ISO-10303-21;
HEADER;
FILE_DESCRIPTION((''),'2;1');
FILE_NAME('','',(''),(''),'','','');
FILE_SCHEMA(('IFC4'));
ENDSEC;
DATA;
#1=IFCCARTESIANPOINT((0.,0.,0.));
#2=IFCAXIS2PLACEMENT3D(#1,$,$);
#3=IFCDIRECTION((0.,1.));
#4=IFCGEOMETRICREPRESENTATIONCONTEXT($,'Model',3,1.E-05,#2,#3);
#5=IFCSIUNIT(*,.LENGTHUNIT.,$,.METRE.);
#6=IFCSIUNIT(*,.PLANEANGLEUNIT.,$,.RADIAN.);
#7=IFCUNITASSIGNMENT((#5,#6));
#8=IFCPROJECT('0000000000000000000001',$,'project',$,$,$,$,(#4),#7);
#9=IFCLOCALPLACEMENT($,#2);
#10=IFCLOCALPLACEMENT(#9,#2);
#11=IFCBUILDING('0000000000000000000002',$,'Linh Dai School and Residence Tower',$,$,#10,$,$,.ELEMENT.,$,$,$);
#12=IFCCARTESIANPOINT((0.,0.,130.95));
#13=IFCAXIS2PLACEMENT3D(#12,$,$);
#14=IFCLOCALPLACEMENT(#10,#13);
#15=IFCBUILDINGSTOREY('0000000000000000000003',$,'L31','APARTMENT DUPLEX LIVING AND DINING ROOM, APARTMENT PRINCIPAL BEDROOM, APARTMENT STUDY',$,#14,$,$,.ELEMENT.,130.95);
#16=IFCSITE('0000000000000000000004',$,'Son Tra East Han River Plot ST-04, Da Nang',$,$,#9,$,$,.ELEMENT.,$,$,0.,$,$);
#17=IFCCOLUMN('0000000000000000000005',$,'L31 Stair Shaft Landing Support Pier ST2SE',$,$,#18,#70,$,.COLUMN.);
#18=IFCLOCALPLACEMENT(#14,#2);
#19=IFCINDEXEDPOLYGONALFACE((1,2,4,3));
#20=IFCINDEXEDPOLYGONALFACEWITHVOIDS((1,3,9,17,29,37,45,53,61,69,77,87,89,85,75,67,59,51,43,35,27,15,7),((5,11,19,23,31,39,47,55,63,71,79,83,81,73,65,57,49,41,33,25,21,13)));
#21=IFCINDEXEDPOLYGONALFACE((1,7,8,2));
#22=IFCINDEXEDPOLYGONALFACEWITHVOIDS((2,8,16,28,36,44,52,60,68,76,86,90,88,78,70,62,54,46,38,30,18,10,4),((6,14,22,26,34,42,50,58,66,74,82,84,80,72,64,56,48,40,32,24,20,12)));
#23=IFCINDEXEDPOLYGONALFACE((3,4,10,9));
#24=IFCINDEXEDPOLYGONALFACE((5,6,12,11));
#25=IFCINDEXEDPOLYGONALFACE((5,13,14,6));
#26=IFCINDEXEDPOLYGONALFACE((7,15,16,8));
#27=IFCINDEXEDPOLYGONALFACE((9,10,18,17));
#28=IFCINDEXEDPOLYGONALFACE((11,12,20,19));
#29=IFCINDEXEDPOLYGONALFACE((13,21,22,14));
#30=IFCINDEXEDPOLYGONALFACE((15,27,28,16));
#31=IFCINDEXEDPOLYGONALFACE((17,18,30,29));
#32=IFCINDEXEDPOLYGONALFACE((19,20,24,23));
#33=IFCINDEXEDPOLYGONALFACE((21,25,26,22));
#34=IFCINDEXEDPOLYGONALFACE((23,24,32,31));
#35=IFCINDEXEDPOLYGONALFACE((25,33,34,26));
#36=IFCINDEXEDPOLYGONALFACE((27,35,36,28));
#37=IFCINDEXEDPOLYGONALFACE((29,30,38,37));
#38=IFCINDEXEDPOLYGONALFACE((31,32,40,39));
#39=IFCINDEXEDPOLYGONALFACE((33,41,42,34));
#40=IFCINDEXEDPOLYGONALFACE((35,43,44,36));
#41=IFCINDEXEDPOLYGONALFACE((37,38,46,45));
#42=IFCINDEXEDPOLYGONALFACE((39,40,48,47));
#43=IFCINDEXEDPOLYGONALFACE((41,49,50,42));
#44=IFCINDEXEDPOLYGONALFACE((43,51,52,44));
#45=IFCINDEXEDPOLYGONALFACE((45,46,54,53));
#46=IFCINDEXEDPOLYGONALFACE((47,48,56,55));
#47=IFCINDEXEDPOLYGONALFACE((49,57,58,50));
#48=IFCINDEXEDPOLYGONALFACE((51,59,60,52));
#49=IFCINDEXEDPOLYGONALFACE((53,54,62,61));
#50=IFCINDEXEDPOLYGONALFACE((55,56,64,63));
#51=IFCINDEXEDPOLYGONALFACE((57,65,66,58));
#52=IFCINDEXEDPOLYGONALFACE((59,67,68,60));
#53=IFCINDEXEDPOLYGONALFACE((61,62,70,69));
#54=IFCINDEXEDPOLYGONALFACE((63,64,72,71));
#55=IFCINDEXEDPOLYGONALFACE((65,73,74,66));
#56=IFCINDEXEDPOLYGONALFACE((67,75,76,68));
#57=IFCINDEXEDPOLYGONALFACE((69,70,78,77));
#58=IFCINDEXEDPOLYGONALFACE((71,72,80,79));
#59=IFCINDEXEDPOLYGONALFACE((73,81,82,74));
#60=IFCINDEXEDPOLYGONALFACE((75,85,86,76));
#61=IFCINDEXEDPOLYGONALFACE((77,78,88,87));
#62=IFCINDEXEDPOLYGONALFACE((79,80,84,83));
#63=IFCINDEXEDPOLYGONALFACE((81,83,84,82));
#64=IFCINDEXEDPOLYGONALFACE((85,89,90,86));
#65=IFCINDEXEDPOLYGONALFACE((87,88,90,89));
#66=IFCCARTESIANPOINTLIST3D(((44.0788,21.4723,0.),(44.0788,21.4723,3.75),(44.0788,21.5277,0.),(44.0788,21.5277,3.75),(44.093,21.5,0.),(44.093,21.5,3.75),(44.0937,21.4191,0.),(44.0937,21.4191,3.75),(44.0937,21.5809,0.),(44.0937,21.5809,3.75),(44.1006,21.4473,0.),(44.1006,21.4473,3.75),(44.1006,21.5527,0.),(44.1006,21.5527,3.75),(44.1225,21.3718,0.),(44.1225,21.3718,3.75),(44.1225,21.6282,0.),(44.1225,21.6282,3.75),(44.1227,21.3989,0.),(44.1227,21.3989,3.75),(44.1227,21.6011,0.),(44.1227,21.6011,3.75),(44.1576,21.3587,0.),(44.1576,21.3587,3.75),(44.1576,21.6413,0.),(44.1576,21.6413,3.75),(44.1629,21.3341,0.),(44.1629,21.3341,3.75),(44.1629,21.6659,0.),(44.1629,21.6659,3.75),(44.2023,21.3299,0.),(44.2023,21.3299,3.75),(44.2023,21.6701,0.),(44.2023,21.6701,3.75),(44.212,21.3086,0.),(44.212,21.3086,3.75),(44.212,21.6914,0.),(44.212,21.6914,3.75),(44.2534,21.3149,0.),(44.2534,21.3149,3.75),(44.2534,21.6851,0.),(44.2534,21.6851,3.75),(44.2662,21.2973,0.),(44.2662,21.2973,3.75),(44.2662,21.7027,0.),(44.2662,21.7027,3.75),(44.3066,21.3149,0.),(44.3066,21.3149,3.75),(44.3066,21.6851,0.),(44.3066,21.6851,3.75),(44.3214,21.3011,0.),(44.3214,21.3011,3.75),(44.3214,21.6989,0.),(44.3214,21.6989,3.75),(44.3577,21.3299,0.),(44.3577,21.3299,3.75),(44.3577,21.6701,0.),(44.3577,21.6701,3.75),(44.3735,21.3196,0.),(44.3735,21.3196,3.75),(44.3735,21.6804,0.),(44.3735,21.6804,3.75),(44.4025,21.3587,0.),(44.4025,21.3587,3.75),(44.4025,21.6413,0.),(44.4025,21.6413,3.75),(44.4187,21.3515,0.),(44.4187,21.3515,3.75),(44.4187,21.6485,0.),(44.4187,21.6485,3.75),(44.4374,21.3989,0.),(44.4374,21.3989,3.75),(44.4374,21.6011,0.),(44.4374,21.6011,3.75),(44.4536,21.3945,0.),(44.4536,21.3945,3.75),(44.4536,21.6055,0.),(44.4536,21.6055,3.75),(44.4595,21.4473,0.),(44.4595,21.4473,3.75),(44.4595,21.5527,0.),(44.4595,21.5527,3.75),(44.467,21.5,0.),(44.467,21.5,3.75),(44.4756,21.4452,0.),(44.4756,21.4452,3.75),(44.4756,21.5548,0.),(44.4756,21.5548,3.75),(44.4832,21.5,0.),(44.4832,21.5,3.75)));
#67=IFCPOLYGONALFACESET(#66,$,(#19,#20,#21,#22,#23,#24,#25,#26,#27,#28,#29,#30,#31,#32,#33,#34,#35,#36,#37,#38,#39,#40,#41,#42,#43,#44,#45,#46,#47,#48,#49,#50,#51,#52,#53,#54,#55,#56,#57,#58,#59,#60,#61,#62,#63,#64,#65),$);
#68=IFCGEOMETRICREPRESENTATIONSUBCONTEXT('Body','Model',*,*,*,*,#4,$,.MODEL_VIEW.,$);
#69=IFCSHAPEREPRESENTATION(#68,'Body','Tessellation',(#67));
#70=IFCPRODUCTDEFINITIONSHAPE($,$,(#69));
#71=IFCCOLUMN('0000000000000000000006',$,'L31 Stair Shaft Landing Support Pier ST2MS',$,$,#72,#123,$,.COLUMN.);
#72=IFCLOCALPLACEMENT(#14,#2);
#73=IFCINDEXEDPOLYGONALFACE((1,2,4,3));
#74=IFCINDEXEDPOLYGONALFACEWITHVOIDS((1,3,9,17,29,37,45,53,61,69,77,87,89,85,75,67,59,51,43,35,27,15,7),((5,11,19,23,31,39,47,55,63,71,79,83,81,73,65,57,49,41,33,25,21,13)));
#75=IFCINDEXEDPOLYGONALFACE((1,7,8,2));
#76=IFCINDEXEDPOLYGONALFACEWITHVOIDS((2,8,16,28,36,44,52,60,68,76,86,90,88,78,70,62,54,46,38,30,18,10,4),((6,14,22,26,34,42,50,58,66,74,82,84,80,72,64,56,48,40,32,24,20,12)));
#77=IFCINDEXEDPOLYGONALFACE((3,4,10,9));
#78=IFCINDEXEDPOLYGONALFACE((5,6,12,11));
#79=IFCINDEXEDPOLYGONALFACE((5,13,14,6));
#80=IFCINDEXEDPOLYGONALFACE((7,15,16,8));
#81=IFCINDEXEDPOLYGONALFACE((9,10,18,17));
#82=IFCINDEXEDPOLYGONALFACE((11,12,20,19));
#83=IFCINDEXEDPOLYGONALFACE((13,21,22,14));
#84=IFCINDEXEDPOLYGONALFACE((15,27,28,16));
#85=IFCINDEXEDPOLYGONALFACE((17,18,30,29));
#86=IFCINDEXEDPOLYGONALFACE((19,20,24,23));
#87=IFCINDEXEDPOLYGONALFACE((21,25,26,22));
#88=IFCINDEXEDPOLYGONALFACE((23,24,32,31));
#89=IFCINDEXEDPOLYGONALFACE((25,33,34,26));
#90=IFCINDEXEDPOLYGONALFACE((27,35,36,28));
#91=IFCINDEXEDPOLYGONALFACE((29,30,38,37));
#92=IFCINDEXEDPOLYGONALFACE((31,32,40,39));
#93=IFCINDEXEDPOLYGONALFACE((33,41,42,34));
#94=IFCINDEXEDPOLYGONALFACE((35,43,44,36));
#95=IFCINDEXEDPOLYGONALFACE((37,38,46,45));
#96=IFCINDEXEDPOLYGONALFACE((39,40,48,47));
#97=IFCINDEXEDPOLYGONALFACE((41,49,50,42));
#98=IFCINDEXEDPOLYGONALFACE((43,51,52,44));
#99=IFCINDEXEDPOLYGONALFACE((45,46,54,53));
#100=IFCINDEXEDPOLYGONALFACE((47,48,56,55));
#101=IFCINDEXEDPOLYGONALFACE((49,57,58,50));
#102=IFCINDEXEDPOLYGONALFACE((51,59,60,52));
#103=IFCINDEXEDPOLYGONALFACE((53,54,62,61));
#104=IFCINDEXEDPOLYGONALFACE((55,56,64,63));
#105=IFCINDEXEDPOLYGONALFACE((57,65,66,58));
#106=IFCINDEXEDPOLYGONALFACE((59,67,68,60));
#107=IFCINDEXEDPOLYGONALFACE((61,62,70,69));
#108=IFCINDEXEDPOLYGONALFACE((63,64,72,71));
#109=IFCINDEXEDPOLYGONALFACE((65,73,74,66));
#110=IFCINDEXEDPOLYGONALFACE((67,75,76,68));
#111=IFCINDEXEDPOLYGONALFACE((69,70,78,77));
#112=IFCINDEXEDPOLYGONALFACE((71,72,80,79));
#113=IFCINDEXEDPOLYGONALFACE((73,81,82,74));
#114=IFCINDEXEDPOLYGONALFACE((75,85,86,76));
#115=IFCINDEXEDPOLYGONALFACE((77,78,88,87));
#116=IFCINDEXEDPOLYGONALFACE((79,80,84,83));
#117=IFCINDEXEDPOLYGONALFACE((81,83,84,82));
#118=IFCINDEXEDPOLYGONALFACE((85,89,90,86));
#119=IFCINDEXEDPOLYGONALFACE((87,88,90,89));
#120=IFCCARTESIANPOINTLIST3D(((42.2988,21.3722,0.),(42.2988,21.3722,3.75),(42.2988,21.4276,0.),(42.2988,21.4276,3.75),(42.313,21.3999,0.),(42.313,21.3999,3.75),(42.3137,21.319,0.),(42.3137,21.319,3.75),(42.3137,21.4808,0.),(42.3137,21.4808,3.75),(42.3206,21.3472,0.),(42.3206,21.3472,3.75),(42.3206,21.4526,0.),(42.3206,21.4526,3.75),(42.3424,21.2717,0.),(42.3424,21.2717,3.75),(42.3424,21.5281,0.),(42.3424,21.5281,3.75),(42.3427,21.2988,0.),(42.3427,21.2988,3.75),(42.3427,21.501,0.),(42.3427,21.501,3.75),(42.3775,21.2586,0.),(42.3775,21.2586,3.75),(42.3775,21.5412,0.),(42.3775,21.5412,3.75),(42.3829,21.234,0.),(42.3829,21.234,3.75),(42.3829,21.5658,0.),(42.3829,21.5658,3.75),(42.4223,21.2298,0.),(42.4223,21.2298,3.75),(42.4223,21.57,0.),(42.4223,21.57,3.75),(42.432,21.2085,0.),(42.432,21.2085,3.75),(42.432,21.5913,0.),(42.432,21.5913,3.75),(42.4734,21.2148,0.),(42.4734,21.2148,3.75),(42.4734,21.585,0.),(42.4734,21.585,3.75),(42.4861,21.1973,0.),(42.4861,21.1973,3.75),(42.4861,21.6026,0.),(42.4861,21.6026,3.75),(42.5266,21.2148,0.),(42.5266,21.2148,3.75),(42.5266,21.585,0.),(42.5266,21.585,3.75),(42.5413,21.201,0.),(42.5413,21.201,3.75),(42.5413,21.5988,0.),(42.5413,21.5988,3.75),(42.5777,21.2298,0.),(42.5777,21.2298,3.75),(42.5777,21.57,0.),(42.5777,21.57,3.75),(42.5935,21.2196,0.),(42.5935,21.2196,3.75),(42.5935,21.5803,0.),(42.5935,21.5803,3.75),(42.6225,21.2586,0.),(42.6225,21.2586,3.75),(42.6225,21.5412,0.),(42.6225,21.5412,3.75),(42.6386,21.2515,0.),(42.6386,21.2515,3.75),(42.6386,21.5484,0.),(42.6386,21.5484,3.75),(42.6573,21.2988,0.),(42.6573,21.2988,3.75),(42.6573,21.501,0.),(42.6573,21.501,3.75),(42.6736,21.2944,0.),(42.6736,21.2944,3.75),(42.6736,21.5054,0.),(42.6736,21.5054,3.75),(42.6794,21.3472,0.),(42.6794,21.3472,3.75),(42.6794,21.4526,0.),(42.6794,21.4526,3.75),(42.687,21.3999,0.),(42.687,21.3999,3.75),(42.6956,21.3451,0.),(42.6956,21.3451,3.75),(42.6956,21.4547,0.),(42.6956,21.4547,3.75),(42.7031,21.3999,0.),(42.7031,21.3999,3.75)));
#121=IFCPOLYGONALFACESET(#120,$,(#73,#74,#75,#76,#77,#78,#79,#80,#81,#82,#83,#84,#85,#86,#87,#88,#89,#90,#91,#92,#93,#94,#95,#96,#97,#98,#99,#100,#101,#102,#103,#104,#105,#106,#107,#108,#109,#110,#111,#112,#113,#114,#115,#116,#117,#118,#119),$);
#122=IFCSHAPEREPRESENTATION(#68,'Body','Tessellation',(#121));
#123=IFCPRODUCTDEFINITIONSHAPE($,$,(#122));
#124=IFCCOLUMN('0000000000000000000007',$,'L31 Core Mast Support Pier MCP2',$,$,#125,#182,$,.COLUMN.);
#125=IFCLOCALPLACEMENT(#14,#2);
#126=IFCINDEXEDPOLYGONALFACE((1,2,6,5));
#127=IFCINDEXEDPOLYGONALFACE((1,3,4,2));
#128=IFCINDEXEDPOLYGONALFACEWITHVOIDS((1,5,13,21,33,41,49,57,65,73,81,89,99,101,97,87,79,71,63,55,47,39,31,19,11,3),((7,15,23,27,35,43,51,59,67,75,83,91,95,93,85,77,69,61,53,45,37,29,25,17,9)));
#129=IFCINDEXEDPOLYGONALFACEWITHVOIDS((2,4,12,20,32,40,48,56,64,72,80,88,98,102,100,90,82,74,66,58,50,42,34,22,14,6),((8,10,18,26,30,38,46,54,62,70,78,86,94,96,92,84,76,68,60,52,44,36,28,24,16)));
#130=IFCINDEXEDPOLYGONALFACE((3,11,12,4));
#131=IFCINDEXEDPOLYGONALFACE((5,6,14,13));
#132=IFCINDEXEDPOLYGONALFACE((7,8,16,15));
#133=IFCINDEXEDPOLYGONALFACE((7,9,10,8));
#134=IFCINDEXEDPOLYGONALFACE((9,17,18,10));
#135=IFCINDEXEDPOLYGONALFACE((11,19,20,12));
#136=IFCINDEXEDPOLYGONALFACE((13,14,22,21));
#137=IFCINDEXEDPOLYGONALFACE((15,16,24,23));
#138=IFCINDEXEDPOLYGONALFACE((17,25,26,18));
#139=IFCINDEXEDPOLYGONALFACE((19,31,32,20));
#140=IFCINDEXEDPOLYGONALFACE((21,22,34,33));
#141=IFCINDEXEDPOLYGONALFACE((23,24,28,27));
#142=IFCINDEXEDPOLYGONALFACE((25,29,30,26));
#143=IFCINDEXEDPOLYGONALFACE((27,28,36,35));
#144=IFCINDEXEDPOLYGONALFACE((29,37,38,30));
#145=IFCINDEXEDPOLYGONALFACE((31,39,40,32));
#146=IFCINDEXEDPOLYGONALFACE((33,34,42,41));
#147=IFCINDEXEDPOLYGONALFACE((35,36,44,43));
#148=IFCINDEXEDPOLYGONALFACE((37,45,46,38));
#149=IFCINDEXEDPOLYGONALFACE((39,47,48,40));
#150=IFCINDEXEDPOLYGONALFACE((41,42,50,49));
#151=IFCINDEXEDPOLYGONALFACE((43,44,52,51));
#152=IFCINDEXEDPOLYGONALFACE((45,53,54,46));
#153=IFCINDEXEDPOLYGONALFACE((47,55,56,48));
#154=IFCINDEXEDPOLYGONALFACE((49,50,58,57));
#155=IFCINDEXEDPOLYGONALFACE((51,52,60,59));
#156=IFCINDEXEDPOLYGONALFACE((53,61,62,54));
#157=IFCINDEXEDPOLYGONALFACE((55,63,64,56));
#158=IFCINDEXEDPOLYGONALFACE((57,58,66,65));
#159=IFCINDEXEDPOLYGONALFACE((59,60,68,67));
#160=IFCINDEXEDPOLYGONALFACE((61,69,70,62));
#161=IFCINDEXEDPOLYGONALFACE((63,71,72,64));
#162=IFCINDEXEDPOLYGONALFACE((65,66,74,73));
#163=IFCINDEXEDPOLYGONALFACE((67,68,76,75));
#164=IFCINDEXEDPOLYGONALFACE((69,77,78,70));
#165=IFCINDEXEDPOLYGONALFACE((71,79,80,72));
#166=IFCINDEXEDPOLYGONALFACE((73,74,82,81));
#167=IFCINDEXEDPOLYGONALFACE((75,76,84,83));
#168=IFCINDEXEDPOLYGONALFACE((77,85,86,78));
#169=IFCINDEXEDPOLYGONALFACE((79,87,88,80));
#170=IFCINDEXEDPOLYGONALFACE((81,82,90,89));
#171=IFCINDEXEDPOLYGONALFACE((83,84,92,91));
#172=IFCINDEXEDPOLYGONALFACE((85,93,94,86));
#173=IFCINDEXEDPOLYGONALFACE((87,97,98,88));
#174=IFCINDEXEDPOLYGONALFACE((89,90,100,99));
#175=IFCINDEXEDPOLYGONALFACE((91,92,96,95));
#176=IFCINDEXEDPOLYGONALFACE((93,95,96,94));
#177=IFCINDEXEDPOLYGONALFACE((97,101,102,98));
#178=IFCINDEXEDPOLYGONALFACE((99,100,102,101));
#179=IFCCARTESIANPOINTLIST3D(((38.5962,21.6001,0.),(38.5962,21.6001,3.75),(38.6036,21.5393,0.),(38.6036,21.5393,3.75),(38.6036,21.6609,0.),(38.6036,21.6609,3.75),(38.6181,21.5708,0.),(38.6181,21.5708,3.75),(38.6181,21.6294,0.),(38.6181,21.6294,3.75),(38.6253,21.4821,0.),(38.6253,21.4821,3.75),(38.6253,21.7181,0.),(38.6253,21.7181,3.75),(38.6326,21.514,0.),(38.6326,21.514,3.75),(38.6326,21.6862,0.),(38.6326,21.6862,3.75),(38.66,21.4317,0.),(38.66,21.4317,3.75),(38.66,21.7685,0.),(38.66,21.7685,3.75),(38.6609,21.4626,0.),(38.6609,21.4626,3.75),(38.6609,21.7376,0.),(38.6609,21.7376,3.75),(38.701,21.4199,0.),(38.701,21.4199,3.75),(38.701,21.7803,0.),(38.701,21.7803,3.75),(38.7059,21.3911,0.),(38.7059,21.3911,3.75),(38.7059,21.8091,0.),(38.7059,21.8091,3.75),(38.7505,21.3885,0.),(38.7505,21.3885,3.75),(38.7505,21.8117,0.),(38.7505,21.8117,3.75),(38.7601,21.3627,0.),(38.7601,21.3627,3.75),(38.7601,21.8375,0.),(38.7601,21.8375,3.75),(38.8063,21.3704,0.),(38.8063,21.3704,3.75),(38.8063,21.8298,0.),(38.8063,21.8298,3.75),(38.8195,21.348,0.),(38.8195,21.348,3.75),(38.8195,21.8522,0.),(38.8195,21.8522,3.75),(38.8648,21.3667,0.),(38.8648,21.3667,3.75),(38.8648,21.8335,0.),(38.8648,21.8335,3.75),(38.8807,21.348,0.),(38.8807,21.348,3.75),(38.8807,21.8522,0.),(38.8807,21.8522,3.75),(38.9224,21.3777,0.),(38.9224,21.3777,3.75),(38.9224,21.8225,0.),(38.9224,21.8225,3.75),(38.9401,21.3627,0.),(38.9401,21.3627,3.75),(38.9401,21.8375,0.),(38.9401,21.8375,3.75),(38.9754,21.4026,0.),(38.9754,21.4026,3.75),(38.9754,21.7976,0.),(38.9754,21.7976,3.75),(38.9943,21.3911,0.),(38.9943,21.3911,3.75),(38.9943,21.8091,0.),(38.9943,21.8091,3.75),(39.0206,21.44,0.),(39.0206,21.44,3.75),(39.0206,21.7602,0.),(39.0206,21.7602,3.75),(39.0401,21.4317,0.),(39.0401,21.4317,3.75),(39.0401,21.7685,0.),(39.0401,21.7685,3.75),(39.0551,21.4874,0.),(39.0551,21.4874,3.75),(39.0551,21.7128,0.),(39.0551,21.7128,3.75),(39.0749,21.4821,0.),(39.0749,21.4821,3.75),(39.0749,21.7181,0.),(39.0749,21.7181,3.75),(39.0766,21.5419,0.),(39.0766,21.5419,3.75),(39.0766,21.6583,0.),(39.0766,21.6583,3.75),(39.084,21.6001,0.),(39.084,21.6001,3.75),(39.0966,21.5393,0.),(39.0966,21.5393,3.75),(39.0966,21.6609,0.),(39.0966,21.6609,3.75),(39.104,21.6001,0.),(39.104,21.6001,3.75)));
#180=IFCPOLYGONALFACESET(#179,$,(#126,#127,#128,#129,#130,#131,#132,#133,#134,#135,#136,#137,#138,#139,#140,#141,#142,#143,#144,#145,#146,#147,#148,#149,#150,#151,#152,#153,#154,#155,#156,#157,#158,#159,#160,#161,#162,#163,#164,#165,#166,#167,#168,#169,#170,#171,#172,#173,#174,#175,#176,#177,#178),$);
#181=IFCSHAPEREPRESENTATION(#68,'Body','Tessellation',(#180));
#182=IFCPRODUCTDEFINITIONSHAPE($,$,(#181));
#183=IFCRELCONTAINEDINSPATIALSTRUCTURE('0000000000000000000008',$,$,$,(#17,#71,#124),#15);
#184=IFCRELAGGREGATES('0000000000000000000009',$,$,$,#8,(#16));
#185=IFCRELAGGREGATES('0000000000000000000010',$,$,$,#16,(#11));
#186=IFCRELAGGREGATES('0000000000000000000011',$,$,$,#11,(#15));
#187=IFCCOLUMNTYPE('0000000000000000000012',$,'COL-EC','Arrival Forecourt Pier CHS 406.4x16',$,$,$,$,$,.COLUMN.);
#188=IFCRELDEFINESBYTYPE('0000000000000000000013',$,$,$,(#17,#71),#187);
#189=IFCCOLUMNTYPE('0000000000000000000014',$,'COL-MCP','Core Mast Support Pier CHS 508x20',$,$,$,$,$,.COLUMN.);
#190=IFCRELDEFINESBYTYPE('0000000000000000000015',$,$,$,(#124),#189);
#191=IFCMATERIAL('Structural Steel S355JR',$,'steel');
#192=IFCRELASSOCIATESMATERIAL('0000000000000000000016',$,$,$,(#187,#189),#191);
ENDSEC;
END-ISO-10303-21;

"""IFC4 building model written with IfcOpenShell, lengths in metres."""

from ifc_helpers import new_model, si_unit, direction, frame, origin, origin_2d, place, context, subcontext, project, spatial, hollow_circle, extrude, material, material_profile, profile_set, type_object, element, save


model = new_model("IFC4")

# Units and contexts
model_context = context("Model", 3, precision=1e-05, world=origin(), true_north=direction((0.0, 1.0)))
body_context = subcontext(model_context, "Body", "Model", "MODEL_VIEW")
ifc_project = project(units=[si_unit("LENGTHUNIT", "METRE"), si_unit("PLANEANGLEUNIT", "RADIAN")], contexts=[model_context])

# Site, building, storey
site_placement = place(None, origin())
site = spatial("IfcSite", under=ifc_project, at=site_placement, Name="Son Tra East Han River Plot ST-04, Da Nang", CompositionType="ELEMENT", RefElevation=0.0)
building_placement = place(site_placement, origin())
building = spatial("IfcBuilding", under=site, at=building_placement, Name="Linh Dai School and Residence Tower", CompositionType="ELEMENT")
storey_placement = place(building_placement, frame((0.0, 0.0, 130.95)))
storey = spatial("IfcBuildingStorey", under=building, at=storey_placement, Name="L31", Description="APARTMENT DUPLEX LIVING AND DINING ROOM, APARTMENT PRINCIPAL BEDROOM, APARTMENT STUDY", CompositionType="ELEMENT", Elevation=130.95)

# Columns
ifc_material_1 = material(Name="Structural Steel S355JR", Category="steel")
ifc_material_profile_1 = material_profile(ifc_material_1, hollow_circle(Radius=0.2031, WallThickness=0.0161, at=origin_2d()), Name="CHS 406.4x16")
ifc_profile_set_1 = profile_set([ifc_material_profile_1], Name="Structural Steel S355JR")
column_type_1 = type_object("IfcColumnType", Name="COL-EC", Description="Arrival Forecourt Pier CHS 406.4x16", PredefinedType="COLUMN", material=ifc_profile_set_1)
for number, where, z_axis, x_axis, name in (
    (1, (44.28, 21.5, 0.0), (0.0, 0.0, 1.0), (1.0, 0.0, 0.0), "L31 Stair Shaft Landing Support Pier ST2SE"),
    (2, (42.5, 21.3999, 0.0), (0.0, 0.0, 1.0), (1.0, 0.0, 0.0), "L31 Stair Shaft Landing Support Pier ST2MS"),
):
    element("IfcColumn", number, at=place(storey_placement, frame(where, z_axis=z_axis, x_axis=x_axis)), inside=storey, type_object=column_type_1, Name=name, PredefinedType="COLUMN", context=body_context, shape_type="SweptSolid", body=[
        extrude(hollow_circle(Radius=0.2031, WallThickness=0.0161, at=origin_2d()), origin(), (0.0, 0.0, 1.0), 3.75),
    ])
ifc_material_profile_2 = material_profile(ifc_material_1, hollow_circle(Radius=0.2539, WallThickness=0.02, at=origin_2d()), Name="CHS 508x20")
ifc_profile_set_2 = profile_set([ifc_material_profile_2], Name="Structural Steel S355JR")
column_type_2 = type_object("IfcColumnType", Name="COL-MCP", Description="Core Mast Support Pier CHS 508x20", PredefinedType="COLUMN", material=ifc_profile_set_2)
column_placement = place(storey_placement, frame((38.8501, 21.6001, 0.0), z_axis=(0.0, 0.0, 1.0), x_axis=(1.0, 0.0, 0.0)))
element("IfcColumn", 3, at=column_placement, inside=storey, type_object=column_type_2, Name="L31 Core Mast Support Pier MCP2", PredefinedType="COLUMN", context=body_context, shape_type="SweptSolid", body=[
    extrude(hollow_circle(Radius=0.2539, WallThickness=0.02, at=origin_2d()), origin(), (0.0, 0.0, 1.0), 3.75),
])

save(model, "model.ifc")
